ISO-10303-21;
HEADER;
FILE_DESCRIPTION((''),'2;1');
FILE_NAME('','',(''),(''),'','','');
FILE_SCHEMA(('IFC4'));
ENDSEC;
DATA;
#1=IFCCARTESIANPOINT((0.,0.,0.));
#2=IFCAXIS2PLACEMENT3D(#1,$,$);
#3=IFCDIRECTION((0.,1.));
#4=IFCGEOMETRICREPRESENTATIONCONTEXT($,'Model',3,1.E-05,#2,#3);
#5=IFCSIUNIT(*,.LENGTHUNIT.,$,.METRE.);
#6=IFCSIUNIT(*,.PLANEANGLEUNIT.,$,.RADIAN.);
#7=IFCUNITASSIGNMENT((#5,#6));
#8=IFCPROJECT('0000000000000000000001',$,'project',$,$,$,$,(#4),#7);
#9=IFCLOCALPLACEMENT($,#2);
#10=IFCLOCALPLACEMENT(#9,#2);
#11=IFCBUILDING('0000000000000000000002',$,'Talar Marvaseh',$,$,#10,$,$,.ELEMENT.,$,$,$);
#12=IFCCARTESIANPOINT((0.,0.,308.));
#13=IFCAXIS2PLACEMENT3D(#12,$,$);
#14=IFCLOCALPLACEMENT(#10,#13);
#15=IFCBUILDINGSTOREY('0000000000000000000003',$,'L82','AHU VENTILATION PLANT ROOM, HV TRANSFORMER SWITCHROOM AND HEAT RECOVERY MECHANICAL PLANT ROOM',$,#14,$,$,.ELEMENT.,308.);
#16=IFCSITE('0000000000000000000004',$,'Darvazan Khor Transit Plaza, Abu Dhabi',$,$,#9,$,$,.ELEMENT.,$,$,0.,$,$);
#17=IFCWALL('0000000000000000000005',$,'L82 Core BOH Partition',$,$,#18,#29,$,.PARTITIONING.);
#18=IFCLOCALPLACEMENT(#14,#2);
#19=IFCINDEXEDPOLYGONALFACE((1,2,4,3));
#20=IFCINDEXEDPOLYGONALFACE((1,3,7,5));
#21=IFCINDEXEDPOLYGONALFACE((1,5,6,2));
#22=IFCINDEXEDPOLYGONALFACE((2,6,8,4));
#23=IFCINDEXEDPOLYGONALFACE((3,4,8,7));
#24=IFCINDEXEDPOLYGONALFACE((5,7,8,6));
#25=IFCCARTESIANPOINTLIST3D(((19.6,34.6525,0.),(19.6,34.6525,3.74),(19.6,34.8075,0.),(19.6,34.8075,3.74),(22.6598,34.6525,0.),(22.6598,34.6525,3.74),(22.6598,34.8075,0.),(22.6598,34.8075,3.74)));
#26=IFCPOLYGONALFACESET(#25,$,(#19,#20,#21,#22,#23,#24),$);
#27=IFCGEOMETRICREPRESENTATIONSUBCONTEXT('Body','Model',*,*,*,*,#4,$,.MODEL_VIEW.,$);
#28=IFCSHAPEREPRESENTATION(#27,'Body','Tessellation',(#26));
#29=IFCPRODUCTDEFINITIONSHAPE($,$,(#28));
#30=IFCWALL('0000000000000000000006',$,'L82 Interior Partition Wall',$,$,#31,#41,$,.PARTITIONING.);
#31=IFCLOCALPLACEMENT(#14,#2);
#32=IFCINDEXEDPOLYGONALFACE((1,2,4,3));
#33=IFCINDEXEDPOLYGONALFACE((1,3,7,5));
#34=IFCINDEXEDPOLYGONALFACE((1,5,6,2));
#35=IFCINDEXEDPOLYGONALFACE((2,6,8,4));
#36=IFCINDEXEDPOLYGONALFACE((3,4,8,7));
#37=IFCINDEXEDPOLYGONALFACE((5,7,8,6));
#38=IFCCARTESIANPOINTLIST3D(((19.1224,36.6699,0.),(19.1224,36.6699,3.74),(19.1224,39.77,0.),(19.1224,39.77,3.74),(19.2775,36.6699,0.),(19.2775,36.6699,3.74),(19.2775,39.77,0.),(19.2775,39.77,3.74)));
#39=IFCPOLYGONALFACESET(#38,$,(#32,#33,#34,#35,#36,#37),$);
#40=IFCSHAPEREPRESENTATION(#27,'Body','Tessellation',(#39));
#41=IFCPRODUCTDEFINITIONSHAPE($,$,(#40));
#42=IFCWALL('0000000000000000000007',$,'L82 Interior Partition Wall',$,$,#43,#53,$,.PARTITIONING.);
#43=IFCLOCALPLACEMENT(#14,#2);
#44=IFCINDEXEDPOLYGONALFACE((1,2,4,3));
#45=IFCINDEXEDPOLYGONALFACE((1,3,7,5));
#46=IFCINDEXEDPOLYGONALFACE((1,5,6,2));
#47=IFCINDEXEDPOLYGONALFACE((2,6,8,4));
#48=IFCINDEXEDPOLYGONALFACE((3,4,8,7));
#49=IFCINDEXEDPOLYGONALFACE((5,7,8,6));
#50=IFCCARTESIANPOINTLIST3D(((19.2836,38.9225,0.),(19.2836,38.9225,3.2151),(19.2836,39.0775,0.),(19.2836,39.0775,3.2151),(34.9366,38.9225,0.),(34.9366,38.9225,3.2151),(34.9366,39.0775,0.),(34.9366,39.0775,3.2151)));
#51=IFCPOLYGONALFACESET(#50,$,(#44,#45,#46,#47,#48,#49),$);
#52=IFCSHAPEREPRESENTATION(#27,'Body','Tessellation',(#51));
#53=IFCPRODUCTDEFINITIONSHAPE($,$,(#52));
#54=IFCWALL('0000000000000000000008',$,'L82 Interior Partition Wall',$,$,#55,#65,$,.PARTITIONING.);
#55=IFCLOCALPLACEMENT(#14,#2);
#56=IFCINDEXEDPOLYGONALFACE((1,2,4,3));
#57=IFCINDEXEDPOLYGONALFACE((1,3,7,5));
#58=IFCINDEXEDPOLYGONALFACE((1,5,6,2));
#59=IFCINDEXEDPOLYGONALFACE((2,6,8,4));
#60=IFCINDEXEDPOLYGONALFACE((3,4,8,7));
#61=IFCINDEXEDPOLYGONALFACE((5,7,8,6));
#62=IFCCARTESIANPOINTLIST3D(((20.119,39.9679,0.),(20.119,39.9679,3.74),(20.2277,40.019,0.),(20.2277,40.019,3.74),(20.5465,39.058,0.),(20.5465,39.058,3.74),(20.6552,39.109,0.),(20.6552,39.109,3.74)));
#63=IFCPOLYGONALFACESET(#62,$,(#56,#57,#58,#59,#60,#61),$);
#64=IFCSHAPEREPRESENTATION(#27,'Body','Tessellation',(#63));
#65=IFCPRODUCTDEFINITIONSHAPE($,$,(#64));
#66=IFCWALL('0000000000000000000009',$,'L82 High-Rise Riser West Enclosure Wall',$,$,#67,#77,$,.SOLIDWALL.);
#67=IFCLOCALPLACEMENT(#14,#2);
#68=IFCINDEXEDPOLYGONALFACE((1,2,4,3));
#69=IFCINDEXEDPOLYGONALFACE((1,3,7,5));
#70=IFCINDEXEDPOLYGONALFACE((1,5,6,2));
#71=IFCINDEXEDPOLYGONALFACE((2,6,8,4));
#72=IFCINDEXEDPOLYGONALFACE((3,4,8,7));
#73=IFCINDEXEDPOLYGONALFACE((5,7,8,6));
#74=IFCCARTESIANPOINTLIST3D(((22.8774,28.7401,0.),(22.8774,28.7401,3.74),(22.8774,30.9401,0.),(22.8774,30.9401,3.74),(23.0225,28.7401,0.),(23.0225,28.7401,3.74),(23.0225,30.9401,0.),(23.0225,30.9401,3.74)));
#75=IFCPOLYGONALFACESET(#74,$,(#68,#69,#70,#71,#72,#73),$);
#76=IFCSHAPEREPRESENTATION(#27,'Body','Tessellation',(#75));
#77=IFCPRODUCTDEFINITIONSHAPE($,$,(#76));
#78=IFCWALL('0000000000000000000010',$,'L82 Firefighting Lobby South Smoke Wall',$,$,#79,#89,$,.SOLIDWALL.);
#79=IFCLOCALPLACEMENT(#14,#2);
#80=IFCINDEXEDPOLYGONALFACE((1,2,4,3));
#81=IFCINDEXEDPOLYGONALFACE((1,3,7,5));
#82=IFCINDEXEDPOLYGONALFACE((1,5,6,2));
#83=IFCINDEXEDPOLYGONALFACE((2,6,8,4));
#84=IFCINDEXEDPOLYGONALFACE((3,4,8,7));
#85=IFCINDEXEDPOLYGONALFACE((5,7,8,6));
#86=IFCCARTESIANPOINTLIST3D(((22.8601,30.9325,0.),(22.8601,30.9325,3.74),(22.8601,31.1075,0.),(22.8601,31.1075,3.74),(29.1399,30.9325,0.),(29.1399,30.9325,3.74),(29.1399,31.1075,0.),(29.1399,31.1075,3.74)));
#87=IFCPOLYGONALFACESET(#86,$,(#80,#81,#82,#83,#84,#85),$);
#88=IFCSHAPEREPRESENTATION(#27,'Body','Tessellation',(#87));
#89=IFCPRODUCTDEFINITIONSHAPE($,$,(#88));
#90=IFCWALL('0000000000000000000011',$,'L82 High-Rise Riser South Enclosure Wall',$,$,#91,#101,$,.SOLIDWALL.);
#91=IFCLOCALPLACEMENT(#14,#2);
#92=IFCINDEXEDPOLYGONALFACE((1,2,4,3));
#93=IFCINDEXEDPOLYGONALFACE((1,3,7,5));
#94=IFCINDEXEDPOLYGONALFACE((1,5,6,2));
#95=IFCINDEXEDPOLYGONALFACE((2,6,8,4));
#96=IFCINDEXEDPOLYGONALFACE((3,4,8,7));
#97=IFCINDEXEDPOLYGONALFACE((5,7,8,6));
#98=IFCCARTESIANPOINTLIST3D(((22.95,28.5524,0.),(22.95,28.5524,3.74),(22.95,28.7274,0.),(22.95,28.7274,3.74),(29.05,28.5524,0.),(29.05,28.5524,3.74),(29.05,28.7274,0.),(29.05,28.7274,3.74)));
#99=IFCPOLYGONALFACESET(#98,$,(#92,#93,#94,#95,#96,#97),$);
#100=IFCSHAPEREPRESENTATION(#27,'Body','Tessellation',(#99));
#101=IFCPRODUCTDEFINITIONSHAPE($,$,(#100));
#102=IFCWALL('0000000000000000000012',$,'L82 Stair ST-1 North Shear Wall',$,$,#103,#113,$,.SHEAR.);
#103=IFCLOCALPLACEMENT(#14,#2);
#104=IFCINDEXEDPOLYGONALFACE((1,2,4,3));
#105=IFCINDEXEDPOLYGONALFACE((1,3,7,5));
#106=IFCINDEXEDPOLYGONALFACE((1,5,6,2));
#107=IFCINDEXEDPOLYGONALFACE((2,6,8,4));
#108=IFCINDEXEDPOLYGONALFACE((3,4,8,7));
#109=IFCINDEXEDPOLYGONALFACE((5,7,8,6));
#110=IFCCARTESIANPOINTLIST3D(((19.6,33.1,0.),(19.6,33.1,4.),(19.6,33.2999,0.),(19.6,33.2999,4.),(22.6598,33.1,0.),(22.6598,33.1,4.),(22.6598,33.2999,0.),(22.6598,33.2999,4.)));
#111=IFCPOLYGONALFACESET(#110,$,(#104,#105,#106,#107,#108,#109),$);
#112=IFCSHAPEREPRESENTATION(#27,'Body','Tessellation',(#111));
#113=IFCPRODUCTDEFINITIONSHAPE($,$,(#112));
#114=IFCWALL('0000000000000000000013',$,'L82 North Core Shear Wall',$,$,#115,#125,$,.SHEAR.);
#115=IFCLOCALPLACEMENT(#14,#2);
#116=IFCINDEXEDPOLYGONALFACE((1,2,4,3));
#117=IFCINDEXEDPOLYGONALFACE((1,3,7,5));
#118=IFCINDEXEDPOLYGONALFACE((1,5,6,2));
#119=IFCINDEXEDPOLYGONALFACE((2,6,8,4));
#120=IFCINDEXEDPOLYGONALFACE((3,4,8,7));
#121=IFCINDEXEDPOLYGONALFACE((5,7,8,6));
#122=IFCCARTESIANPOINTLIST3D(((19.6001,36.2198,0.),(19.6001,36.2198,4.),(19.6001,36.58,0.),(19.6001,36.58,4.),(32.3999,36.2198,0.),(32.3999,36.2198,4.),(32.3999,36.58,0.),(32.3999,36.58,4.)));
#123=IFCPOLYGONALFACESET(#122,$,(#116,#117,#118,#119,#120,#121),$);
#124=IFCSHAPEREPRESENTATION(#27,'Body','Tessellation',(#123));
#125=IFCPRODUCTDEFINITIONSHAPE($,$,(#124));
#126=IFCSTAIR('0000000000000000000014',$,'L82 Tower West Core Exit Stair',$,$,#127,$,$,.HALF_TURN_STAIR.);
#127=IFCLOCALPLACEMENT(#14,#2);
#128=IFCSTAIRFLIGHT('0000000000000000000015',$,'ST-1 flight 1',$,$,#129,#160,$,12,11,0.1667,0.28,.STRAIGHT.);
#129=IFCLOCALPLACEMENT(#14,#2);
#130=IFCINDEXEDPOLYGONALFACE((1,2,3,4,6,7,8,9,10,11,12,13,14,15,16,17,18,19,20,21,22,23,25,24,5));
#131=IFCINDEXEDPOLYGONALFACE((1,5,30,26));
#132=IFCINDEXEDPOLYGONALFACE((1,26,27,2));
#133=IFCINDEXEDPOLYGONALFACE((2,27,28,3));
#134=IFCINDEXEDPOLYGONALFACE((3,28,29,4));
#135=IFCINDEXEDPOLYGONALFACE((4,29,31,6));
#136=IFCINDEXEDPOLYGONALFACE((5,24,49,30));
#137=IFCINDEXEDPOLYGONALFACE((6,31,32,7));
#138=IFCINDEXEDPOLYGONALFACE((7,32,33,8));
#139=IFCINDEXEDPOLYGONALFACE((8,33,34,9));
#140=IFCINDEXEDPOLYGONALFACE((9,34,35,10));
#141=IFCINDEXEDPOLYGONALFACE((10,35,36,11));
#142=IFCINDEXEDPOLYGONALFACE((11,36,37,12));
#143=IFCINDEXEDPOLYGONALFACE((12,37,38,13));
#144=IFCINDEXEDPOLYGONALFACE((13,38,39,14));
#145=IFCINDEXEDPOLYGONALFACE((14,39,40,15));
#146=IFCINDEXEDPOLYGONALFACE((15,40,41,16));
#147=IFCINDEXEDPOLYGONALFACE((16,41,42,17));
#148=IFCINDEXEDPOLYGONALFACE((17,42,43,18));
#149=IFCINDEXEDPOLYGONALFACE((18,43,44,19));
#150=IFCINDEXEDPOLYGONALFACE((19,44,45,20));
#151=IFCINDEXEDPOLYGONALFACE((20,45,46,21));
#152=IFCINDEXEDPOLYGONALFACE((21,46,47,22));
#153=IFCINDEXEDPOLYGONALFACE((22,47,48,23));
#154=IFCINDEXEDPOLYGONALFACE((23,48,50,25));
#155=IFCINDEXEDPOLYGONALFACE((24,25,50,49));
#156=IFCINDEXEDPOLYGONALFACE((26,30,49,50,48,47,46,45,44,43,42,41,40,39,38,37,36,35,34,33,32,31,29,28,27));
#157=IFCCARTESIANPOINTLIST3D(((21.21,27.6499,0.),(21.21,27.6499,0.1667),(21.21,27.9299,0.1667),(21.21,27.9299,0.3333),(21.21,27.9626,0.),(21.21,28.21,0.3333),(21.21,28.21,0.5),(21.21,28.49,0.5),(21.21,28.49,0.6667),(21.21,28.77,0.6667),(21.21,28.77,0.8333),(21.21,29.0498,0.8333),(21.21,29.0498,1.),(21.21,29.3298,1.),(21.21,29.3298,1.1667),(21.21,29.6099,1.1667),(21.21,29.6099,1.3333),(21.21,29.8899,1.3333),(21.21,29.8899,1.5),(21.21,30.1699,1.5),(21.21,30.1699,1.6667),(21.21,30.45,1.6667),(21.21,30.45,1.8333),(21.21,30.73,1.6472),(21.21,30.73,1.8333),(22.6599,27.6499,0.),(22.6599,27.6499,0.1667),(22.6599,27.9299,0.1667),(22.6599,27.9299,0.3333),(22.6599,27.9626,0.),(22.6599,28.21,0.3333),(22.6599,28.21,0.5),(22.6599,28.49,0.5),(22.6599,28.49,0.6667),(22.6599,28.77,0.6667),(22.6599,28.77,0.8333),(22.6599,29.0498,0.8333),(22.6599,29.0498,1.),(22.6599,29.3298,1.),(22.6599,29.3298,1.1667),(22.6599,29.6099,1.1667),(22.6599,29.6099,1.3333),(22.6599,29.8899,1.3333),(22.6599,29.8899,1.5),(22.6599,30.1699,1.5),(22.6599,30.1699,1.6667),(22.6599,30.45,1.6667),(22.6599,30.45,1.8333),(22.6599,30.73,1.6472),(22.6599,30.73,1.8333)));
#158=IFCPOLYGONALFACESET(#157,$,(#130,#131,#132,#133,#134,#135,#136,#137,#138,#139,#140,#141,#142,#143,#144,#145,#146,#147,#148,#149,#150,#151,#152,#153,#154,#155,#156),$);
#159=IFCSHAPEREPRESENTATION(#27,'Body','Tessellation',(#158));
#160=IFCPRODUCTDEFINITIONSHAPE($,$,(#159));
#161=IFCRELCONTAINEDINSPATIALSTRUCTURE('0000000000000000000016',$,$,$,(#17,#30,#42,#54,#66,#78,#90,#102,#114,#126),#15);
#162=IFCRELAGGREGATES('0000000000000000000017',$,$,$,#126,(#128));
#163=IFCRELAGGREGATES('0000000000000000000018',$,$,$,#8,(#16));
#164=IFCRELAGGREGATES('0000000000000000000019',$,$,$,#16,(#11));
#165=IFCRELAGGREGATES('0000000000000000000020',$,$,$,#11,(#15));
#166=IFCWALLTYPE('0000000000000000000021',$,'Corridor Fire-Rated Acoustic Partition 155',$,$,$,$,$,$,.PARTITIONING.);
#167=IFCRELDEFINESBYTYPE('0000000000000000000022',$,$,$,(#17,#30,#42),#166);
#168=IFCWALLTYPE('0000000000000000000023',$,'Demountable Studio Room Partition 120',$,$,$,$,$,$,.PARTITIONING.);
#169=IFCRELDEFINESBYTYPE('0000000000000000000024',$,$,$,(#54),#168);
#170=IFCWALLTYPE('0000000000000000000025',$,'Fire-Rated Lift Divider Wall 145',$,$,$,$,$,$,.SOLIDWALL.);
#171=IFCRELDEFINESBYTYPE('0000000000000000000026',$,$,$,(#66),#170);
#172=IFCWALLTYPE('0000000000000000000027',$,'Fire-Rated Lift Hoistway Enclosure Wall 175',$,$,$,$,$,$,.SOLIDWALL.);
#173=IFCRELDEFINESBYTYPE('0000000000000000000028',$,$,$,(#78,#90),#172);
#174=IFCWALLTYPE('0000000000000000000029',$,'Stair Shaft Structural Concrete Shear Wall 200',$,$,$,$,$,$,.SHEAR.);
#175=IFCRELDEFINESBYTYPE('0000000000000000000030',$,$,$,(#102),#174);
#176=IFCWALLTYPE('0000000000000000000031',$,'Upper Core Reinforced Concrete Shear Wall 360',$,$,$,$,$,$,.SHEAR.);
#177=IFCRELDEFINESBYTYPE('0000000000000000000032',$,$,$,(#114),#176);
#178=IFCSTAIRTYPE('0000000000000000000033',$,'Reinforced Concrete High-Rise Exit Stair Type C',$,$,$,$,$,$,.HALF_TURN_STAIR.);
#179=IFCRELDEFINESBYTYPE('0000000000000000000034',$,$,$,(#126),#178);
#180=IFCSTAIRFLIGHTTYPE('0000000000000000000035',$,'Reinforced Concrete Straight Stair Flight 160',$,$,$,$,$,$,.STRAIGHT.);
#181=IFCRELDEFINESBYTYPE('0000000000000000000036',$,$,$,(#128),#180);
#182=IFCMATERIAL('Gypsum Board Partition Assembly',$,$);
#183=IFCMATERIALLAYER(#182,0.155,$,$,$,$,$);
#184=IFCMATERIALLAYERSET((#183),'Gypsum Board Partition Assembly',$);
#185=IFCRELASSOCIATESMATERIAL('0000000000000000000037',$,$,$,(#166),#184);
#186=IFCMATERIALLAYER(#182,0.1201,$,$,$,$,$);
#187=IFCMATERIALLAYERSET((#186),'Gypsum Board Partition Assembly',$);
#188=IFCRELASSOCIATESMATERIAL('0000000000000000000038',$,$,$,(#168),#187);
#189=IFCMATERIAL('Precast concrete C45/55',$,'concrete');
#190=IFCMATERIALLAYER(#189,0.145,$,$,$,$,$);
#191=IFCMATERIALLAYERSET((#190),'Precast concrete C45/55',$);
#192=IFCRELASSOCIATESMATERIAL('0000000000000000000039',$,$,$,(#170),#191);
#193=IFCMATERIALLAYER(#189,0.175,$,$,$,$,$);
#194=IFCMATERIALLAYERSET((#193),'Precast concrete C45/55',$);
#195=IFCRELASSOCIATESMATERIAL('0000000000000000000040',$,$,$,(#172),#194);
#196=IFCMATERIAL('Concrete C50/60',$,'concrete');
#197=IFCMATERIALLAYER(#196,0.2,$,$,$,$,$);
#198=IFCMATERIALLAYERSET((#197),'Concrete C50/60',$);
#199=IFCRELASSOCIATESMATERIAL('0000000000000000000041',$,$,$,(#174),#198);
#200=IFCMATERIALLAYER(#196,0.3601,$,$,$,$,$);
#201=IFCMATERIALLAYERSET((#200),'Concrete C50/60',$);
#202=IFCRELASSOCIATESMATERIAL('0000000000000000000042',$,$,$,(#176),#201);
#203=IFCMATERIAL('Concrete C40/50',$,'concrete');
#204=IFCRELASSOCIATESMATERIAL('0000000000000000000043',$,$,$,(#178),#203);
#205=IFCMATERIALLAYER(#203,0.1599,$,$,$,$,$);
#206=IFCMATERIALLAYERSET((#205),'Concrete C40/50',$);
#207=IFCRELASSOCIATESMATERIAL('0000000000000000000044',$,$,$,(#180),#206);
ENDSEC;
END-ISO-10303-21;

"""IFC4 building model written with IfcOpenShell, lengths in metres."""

from ifc_helpers import new_model, si_unit, direction, frame, frame_2d, origin, place, context, subcontext, project, spatial, polyline, rectangle, outline, extrude, material, layer, layer_set, type_object, element, aggregate, save


model = new_model("IFC4")

# Units and contexts
model_context = context("Model", 3, precision=1e-05, world=origin(), true_north=direction((0.0, 1.0)))
body_context = subcontext(model_context, "Body", "Model", "MODEL_VIEW")
ifc_project = project(units=[si_unit("LENGTHUNIT", "METRE"), si_unit("PLANEANGLEUNIT", "RADIAN")], contexts=[model_context])

# Site, building, storey
site_placement = place(None, origin())
site = spatial("IfcSite", under=ifc_project, at=site_placement, Name="Darvazan Khor Transit Plaza, Abu Dhabi", CompositionType="ELEMENT", RefElevation=0.0)
building_placement = place(site_placement, origin())
building = spatial("IfcBuilding", under=site, at=building_placement, Name="Talar Marvaseh", CompositionType="ELEMENT")
storey_placement = place(building_placement, frame((0.0, 0.0, 308.0)))
storey = spatial("IfcBuildingStorey", under=building, at=storey_placement, Name="L82", Description="AHU VENTILATION PLANT ROOM, HV TRANSFORMER SWITCHROOM AND HEAT RECOVERY MECHANICAL PLANT ROOM", CompositionType="ELEMENT", Elevation=308.0)

# Shared definitions
ifc_material_1 = material(Name="Concrete C40/50", Category="concrete")

# Walls
ifc_material_2 = material(Name="Gypsum Board Partition Assembly")
ifc_layer_1 = layer(ifc_material_2, 0.155)
ifc_layer_set_1 = layer_set([ifc_layer_1], Name="Gypsum Board Partition Assembly")
wall_type_1 = type_object("IfcWallType", Name="Corridor Fire-Rated Acoustic Partition 155", PredefinedType="PARTITIONING", material=ifc_layer_set_1)
wall_1_placement = place(storey_placement, frame((19.6001, 34.73, 0.0), z_axis=(0.0, 0.0, 1.0), x_axis=(1.0, 0.0, 0.0)))
element("IfcWall", 1, at=wall_1_placement, inside=storey, type_object=wall_type_1, Name="L82 Core BOH Partition", PredefinedType="PARTITIONING", context=body_context, shape_type="SweptSolid", body=[
    extrude(rectangle(XDim=3.0598, YDim=0.155, at=frame_2d((1.5298, 0.0))), origin(), (0.0, 0.0, 1.0), 3.74),
])
wall_2_placement = place(storey_placement, frame((19.2, 36.6699, 0.0), z_axis=(0.0, 0.0, 1.0), x_axis=(0.0, 1.0, 0.0)))
element("IfcWall", 2, at=wall_2_placement, inside=storey, type_object=wall_type_1, Name="L82 Interior Partition Wall", PredefinedType="PARTITIONING", context=body_context, shape_type="SweptSolid", body=[
    extrude(rectangle(XDim=3.1001, YDim=0.155, at=frame_2d((1.55, 0.0))), origin(), (0.0, 0.0, 1.0), 3.74),
])
wall_3_placement = place(storey_placement, frame((19.2834, 39.0, 0.0), z_axis=(0.0, 0.0, 1.0), x_axis=(1.0, 0.0, 0.0)))
element("IfcWall", 3, at=wall_3_placement, inside=storey, type_object=wall_type_1, Name="L82 Interior Partition Wall", PredefinedType="PARTITIONING", context=body_context, shape_type="SweptSolid", body=[
    extrude(rectangle(XDim=15.6531, YDim=0.155, at=frame_2d((7.8267, 0.0))), origin(), (0.0, 0.0, 1.0), 3.2151),
])
ifc_layer_2 = layer(ifc_material_2, 0.1201)
ifc_layer_set_2 = layer_set([ifc_layer_2], Name="Gypsum Board Partition Assembly")
wall_type_2 = type_object("IfcWallType", Name="Demountable Studio Room Partition 120", PredefinedType="PARTITIONING", material=ifc_layer_set_2)
wall_4_placement = place(storey_placement, frame((20.6008, 39.0835, 0.0), z_axis=(0.0, 0.0, 1.0), x_axis=(-0.425224, 0.905088, 0.0)))
element("IfcWall", 4, at=wall_4_placement, inside=storey, type_object=wall_type_2, Name="L82 Interior Partition Wall", PredefinedType="PARTITIONING", context=body_context, shape_type="SweptSolid", body=[
    extrude(rectangle(XDim=1.0054, YDim=0.1201, at=frame_2d((0.5027, 0.0))), origin(), (0.0, 0.0, 1.0), 3.74),
])
ifc_material_3 = material(Name="Precast concrete C45/55", Category="concrete")
ifc_layer_3 = layer(ifc_material_3, 0.145)
ifc_layer_set_3 = layer_set([ifc_layer_3], Name="Precast concrete C45/55")
wall_type_3 = type_object("IfcWallType", Name="Fire-Rated Lift Divider Wall 145", PredefinedType="SOLIDWALL", material=ifc_layer_set_3)
wall_5_placement = place(storey_placement, frame((22.95, 28.74, 0.0), z_axis=(0.0, 0.0, 1.0), x_axis=(0.0, 1.0, 0.0)))
element("IfcWall", 5, at=wall_5_placement, inside=storey, type_object=wall_type_3, Name="L82 High-Rise Riser West Enclosure Wall", PredefinedType="SOLIDWALL", context=body_context, shape_type="SweptSolid", body=[
    extrude(rectangle(XDim=2.2, YDim=0.145, at=frame_2d((1.1001, 0.0))), origin(), (0.0, 0.0, 1.0), 3.74),
])

# Shared definitions
ifc_layer_4 = layer(ifc_material_3, 0.175)
ifc_layer_set_4 = layer_set([ifc_layer_4], Name="Precast concrete C45/55")
wall_type_4 = type_object("IfcWallType", Name="Fire-Rated Lift Hoistway Enclosure Wall 175", PredefinedType="SOLIDWALL", material=ifc_layer_set_4)

# Walls
wall_6_placement = place(storey_placement, frame((22.8601, 31.02, 0.0), z_axis=(0.0, 0.0, 1.0), x_axis=(1.0, 0.0, 0.0)))
element("IfcWall", 6, at=wall_6_placement, inside=storey, type_object=wall_type_4, Name="L82 Firefighting Lobby South Smoke Wall", PredefinedType="SOLIDWALL", context=body_context, shape_type="SweptSolid", body=[
    extrude(rectangle(XDim=6.2798, YDim=0.175, at=frame_2d((3.1399, 0.0))), origin(), (0.0, 0.0, 1.0), 3.74),
])
wall_7_placement = place(storey_placement, frame((22.95, 28.6399, 0.0), z_axis=(0.0, 0.0, 1.0), x_axis=(1.0, 0.0, 0.0)))
element("IfcWall", 7, at=wall_7_placement, inside=storey, type_object=wall_type_4, Name="L82 High-Rise Riser South Enclosure Wall", PredefinedType="SOLIDWALL", context=body_context, shape_type="SweptSolid", body=[
    extrude(rectangle(XDim=6.1001, YDim=0.175, at=frame_2d((3.05, 0.0))), origin(), (0.0, 0.0, 1.0), 3.74),
])
ifc_material_4 = material(Name="Concrete C50/60", Category="concrete")
ifc_layer_5 = layer(ifc_material_4, 0.2)
ifc_layer_set_5 = layer_set([ifc_layer_5], Name="Concrete C50/60")
wall_type_5 = type_object("IfcWallType", Name="Stair Shaft Structural Concrete Shear Wall 200", PredefinedType="SHEAR", material=ifc_layer_set_5)
wall_8_placement = place(storey_placement, frame((19.6001, 33.2, 0.0), z_axis=(0.0, 0.0, 1.0), x_axis=(1.0, 0.0, 0.0)))
element("IfcWall", 8, at=wall_8_placement, inside=storey, type_object=wall_type_5, Name="L82 Stair ST-1 North Shear Wall", PredefinedType="SHEAR", context=body_context, shape_type="SweptSolid", body=[
    extrude(rectangle(XDim=3.0598, YDim=0.2, at=frame_2d((1.5298, 0.0))), origin(), (0.0, 0.0, 1.0), 4.0),
])
ifc_layer_6 = layer(ifc_material_4, 0.3601)
ifc_layer_set_6 = layer_set([ifc_layer_6], Name="Concrete C50/60")
wall_type_6 = type_object("IfcWallType", Name="Upper Core Reinforced Concrete Shear Wall 360", PredefinedType="SHEAR", material=ifc_layer_set_6)
wall_9_placement = place(storey_placement, frame((19.6001, 36.3999, 0.0), z_axis=(0.0, 0.0, 1.0), x_axis=(1.0, 0.0, 0.0)))
element("IfcWall", 9, at=wall_9_placement, inside=storey, type_object=wall_type_6, Name="L82 North Core Shear Wall", PredefinedType="SHEAR", context=body_context, shape_type="SweptSolid", body=[
    extrude(rectangle(XDim=12.7998, YDim=0.3601, at=frame_2d((6.3999, 0.0))), origin(), (0.0, 0.0, 1.0), 4.0),
])

# Stair, stair flight
stair_type = type_object("IfcStairType", Name="Reinforced Concrete High-Rise Exit Stair Type C", PredefinedType="HALF_TURN_STAIR", material=ifc_material_1)
stair_placement = place(storey_placement, origin())
stair = element("IfcStair", 10, at=stair_placement, inside=storey, type_object=stair_type, Name="L82 Tower West Core Exit Stair", PredefinedType="HALF_TURN_STAIR")
ifc_layer_7 = layer(ifc_material_1, 0.1599)
ifc_layer_set_7 = layer_set([ifc_layer_7], Name="Concrete C40/50")
stair_flight_type = type_object("IfcStairFlightType", Name="Reinforced Concrete Straight Stair Flight 160", PredefinedType="STRAIGHT", material=ifc_layer_set_7)
stair_flight_1_placement = place(storey_placement, frame((21.9351, 27.6499, 0.0), z_axis=(0.0, 0.0, 1.0), x_axis=(0.0, 1.0, 0.0)))
stair_flight_1 = element("IfcStairFlight", 11, at=stair_flight_1_placement, type_object=stair_flight_type, Name="ST-1 flight 1", NumberOfRisers=12, NumberOfTreads=11, PredefinedType="STRAIGHT", RiserHeight=0.1667, TreadLength=0.28, context=body_context, shape_type="SweptSolid", body=[
    extrude(outline(polyline([(0.0, 0.0), (0.0, 0.1667), (0.28, 0.1667), (0.28, 0.3333), (0.5601, 0.3333), (0.5601, 0.5), (0.8401, 0.5), (0.8401, 0.6667), (1.1201, 0.6667), (1.1201, 0.8333), (1.3999, 0.8333), (1.3999, 1.0), (1.6799, 1.0), (1.6799, 1.1667), (1.96, 1.1667), (1.96, 1.3333), (2.24, 1.3333), (2.24, 1.5), (2.52, 1.5), (2.52, 1.6667), (2.8, 1.6667), (2.8, 1.8333), (3.0801, 1.8333), (3.0801, 2.0), (3.0801, 1.6472), (0.3127, 0.0), (0.0, 0.0)])), frame((0.0, 0.7251, 0.0), z_axis=(0.0, -1.0, 0.0), x_axis=(1.0, 0.0, 0.0)), (0.0, 0.0, 1.0), 1.45),
])
aggregate(stair, [stair_flight_1])

save(model, "model.ifc")
